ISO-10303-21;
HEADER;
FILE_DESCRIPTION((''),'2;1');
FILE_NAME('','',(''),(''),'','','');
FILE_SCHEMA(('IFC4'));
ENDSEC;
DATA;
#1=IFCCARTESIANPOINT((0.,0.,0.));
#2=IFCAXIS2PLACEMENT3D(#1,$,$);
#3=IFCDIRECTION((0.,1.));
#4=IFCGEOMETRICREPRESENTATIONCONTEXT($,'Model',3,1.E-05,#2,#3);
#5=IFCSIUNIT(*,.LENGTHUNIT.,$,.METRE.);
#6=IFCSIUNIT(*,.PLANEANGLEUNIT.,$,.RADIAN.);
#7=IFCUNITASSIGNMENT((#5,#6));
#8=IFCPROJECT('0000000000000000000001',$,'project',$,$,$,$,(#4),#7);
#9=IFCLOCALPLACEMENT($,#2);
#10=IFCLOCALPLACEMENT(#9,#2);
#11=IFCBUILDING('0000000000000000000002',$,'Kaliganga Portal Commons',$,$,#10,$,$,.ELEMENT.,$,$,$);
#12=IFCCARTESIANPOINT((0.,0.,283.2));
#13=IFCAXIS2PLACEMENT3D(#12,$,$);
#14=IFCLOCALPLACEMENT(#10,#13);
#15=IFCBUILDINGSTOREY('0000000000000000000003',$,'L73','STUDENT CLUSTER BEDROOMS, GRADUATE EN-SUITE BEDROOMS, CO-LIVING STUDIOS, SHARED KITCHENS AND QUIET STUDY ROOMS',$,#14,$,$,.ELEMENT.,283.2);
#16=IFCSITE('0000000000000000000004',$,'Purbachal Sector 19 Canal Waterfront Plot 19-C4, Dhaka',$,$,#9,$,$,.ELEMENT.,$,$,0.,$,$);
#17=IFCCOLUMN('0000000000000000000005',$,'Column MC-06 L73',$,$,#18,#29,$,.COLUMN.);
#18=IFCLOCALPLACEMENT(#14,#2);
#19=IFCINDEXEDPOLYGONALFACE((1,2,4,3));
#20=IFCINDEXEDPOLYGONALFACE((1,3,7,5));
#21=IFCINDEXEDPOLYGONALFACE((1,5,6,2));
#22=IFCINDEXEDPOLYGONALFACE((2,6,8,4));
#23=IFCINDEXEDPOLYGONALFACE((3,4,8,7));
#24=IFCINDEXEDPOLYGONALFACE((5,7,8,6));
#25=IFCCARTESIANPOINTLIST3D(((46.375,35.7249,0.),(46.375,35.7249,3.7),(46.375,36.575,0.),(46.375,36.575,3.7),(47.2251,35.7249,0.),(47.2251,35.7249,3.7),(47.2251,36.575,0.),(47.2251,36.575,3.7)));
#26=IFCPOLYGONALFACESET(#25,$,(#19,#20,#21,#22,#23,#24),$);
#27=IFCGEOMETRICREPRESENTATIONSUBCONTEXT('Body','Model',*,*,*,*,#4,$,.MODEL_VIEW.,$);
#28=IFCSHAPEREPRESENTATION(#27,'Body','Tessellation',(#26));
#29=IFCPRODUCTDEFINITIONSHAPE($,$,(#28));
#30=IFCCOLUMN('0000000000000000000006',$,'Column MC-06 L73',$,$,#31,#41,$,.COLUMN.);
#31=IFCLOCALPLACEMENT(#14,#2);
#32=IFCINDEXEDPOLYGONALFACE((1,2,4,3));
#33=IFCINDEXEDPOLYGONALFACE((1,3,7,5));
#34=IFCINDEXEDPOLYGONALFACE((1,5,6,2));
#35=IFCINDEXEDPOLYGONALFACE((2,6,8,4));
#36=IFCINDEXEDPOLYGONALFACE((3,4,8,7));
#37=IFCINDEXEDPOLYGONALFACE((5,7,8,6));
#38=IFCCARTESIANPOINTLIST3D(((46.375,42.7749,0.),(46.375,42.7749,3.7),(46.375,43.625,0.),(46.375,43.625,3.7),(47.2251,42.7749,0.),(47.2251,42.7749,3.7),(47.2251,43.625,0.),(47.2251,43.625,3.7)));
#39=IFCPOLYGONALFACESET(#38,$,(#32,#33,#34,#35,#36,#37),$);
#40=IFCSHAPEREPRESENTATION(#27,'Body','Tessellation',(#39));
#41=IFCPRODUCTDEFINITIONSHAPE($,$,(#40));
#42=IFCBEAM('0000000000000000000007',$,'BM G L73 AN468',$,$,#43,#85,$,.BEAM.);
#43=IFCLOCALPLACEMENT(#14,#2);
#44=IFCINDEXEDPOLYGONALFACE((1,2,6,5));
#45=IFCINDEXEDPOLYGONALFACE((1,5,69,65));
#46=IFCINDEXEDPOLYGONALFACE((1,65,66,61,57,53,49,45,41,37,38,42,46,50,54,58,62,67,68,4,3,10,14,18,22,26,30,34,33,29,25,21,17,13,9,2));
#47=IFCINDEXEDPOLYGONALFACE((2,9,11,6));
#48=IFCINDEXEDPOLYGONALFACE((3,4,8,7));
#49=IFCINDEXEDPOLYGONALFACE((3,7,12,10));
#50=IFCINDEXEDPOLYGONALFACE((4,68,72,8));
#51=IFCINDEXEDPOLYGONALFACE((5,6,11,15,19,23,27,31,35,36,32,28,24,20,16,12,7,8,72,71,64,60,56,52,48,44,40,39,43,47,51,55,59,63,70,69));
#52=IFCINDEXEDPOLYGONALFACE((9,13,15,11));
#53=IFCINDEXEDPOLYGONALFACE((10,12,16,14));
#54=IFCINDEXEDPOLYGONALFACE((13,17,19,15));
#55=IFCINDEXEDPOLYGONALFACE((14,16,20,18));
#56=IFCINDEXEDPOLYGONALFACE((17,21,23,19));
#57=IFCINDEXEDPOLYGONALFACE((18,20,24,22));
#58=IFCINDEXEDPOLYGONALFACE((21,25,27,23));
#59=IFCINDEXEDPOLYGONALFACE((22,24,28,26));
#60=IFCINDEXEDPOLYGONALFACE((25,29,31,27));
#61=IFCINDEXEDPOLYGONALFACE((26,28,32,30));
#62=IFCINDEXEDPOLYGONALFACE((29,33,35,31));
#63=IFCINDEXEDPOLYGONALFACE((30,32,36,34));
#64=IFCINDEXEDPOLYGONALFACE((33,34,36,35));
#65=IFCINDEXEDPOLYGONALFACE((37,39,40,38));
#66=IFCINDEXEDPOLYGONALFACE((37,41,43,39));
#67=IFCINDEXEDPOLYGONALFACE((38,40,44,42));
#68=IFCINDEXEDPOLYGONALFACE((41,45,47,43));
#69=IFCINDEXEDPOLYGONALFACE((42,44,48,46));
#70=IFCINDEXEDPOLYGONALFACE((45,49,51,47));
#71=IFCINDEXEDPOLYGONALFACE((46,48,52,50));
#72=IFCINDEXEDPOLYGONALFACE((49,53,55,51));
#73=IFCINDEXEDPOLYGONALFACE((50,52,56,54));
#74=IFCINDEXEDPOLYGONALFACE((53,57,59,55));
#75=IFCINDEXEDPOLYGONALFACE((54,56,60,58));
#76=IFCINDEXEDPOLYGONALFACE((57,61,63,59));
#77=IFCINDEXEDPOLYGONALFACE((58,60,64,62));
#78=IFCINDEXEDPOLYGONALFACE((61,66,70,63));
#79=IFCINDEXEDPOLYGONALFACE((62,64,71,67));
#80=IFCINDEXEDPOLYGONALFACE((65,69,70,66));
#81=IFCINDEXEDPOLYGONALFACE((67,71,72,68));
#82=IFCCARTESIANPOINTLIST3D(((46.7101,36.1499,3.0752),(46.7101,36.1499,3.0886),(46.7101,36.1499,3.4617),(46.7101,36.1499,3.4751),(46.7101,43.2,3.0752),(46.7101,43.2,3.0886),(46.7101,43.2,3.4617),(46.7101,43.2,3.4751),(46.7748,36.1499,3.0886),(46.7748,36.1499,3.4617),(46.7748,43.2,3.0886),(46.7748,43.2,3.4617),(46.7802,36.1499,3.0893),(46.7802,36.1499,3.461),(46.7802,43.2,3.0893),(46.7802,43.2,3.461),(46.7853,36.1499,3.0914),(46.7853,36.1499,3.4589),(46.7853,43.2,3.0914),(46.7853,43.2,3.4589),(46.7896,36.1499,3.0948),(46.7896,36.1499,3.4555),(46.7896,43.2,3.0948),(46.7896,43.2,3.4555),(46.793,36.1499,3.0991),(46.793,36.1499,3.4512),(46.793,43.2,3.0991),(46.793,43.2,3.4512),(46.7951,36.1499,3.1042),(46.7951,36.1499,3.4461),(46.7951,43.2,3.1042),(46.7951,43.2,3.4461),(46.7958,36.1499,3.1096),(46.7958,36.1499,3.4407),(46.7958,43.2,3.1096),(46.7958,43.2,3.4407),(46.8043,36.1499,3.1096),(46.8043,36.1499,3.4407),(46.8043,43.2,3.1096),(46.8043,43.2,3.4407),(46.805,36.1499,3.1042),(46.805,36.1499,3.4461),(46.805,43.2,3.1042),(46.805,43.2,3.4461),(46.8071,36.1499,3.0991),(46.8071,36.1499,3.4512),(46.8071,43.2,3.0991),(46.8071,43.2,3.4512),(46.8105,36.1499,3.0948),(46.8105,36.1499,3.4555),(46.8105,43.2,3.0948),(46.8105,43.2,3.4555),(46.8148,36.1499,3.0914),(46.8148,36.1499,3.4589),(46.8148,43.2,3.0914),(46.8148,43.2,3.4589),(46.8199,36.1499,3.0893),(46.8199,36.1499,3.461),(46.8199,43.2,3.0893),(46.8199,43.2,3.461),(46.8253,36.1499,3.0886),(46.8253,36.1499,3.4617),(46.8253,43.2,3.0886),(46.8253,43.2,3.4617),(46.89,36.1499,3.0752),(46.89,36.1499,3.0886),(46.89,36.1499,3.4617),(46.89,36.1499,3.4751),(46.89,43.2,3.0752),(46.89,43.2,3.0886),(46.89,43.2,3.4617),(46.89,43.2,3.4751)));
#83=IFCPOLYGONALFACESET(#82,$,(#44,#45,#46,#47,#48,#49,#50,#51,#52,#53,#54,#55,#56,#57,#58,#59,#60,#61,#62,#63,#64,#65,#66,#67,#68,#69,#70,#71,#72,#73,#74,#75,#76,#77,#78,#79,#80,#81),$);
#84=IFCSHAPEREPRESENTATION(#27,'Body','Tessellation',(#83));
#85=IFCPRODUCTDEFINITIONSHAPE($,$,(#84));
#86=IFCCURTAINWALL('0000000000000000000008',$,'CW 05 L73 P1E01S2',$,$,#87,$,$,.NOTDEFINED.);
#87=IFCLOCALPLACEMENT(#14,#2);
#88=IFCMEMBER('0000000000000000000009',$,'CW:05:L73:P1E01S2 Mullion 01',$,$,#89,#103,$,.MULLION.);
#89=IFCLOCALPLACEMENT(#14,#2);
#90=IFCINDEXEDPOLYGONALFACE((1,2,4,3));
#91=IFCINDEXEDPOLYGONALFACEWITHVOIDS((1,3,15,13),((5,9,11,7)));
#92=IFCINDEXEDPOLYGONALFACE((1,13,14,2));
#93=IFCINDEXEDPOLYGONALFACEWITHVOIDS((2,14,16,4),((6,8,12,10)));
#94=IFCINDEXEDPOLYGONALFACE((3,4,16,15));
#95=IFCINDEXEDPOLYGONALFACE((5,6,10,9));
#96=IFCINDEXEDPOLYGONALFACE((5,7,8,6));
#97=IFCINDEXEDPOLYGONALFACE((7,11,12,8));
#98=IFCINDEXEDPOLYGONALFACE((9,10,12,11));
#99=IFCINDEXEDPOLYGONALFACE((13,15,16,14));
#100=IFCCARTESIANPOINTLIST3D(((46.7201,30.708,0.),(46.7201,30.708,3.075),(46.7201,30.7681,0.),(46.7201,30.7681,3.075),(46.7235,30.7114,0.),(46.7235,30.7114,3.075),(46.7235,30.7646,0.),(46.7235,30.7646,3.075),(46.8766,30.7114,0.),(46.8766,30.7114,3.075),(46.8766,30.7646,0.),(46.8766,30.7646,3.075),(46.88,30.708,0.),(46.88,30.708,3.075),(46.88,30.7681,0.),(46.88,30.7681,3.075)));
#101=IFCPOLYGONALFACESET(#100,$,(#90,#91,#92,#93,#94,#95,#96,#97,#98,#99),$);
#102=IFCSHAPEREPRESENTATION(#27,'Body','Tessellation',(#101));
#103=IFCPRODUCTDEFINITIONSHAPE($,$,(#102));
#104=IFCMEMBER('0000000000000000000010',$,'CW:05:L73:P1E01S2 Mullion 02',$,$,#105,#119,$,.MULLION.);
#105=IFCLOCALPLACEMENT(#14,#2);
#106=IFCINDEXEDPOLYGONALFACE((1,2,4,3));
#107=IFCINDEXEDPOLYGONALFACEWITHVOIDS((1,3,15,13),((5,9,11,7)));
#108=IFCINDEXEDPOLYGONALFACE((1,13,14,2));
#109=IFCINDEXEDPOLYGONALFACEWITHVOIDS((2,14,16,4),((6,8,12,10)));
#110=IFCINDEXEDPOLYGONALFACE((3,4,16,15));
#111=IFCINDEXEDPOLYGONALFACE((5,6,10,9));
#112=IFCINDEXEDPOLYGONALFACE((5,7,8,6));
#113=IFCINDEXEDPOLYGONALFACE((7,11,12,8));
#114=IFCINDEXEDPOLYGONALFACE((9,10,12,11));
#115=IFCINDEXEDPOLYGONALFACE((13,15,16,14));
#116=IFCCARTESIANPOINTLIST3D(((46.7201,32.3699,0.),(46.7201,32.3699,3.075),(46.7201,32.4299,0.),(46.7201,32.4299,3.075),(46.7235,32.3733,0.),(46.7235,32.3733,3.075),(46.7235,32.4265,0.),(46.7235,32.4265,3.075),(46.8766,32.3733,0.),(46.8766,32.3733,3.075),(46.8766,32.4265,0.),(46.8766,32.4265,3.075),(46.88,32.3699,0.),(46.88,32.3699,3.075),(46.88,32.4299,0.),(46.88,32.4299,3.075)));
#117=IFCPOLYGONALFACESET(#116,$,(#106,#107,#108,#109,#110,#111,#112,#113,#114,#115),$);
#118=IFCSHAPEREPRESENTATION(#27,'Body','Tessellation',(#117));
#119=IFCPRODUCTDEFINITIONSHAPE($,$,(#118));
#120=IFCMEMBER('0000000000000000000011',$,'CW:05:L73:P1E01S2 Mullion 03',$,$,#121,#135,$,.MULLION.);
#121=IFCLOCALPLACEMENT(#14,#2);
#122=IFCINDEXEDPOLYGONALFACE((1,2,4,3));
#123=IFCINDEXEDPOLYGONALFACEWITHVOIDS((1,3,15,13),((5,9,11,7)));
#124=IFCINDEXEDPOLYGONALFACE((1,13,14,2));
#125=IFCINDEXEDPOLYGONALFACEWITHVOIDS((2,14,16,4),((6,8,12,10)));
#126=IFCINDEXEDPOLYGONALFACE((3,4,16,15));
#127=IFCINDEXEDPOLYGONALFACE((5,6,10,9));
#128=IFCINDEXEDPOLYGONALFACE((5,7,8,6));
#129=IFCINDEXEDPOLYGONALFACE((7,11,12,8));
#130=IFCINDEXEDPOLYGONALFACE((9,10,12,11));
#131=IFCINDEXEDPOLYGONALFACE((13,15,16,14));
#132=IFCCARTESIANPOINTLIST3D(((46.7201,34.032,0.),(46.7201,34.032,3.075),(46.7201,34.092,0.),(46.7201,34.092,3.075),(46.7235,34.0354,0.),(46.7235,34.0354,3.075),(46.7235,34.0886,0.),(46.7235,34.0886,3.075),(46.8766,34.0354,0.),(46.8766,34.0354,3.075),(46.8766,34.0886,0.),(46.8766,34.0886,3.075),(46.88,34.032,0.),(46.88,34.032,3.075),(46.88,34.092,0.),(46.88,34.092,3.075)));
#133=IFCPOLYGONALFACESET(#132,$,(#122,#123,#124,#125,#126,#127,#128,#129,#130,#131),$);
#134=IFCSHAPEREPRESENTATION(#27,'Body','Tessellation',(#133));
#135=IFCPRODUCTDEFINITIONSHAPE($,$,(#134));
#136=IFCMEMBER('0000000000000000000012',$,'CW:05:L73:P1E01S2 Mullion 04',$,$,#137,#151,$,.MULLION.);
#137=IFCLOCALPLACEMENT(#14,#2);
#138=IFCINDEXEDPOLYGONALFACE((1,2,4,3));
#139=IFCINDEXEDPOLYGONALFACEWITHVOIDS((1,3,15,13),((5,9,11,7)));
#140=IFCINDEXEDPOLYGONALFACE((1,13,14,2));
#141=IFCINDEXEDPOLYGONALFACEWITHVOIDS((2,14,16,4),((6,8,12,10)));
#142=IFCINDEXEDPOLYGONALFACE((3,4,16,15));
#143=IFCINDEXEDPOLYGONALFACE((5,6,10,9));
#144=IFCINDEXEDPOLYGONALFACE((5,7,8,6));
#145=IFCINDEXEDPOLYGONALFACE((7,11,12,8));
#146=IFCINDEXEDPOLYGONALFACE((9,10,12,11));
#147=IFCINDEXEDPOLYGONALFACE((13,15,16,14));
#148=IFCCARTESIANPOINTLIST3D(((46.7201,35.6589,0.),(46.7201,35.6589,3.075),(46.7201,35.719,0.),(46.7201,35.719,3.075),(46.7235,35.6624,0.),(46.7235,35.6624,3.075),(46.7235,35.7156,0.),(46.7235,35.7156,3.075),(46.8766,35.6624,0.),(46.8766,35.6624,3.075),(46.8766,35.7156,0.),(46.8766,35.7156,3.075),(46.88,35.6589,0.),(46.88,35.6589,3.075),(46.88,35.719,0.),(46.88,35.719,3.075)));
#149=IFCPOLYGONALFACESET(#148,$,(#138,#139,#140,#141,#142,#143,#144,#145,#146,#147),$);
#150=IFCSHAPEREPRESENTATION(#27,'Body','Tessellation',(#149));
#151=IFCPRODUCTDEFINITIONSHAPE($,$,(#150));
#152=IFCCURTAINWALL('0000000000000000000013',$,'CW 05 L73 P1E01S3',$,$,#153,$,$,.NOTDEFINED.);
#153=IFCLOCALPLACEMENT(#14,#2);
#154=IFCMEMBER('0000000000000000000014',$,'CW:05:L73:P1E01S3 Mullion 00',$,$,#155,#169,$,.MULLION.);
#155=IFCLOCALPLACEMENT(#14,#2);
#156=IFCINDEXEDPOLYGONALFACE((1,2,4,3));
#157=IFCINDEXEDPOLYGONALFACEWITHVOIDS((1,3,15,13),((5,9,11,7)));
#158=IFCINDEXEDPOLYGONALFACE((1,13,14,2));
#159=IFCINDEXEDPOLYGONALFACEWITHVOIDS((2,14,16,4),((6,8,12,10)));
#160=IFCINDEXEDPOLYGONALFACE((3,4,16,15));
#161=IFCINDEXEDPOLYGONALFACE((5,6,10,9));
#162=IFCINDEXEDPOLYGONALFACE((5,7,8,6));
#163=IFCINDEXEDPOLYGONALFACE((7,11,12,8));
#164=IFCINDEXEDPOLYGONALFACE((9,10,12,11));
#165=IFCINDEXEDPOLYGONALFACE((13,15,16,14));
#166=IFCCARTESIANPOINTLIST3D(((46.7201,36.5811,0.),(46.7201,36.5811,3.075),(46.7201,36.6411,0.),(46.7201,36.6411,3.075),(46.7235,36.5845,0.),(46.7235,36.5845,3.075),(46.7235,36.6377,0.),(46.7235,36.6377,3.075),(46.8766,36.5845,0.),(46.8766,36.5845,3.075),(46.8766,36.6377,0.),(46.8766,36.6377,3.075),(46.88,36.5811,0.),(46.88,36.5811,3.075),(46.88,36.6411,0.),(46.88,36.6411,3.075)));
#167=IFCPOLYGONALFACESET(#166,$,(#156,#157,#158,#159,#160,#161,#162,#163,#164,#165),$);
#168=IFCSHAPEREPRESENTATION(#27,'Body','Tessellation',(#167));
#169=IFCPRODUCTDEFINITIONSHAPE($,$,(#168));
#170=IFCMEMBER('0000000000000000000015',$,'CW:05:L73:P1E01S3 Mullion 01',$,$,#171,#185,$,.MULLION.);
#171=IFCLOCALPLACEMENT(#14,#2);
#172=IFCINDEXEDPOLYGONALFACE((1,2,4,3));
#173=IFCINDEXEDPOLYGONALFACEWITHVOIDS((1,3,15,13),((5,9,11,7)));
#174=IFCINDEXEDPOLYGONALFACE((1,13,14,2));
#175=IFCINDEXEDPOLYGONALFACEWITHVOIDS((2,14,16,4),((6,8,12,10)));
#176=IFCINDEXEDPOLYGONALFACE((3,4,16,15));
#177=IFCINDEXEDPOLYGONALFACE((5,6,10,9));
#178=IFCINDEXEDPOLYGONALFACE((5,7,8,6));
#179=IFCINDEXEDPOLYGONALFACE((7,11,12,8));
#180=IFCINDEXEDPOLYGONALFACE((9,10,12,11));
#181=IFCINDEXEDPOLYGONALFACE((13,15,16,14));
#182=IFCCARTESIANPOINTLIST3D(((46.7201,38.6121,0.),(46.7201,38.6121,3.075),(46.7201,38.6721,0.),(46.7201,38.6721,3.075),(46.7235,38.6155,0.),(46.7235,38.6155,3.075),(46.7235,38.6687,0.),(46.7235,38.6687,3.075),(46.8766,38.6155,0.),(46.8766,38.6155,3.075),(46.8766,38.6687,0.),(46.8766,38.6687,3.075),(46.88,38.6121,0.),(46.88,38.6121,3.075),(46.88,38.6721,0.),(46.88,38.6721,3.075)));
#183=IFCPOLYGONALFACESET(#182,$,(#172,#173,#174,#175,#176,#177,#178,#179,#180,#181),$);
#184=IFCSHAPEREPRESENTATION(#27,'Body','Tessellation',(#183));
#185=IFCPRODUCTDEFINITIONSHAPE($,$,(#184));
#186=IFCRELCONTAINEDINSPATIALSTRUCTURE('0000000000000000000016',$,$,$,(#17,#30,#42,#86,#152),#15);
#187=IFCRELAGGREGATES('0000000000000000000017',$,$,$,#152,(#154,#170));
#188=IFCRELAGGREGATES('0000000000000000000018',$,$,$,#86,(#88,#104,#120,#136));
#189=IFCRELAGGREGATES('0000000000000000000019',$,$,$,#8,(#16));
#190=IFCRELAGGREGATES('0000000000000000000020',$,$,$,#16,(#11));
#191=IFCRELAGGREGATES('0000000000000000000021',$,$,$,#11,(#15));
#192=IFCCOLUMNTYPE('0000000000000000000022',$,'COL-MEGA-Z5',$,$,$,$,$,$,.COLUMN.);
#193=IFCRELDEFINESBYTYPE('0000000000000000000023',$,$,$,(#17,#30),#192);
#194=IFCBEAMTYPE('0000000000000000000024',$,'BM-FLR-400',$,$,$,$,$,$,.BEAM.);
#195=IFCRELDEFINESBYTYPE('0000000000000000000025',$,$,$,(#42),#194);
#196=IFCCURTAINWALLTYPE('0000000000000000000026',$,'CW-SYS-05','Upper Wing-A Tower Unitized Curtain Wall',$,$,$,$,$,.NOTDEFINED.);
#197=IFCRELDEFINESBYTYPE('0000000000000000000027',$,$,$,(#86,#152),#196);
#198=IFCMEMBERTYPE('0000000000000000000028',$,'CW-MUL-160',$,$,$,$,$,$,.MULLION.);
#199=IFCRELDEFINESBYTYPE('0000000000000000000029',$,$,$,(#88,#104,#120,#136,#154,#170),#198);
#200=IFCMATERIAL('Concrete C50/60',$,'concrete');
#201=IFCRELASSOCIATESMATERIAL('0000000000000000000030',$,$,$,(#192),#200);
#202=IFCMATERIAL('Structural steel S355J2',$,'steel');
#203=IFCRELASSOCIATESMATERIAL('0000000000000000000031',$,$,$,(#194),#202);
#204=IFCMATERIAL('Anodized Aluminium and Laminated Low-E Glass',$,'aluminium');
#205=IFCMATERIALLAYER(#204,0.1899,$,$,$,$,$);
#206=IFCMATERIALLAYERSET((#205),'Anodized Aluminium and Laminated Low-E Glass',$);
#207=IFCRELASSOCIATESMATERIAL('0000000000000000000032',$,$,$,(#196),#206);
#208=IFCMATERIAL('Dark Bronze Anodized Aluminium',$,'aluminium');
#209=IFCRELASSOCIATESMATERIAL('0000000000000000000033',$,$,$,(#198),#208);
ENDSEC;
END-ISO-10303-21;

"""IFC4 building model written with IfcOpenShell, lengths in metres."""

from ifc_helpers import new_model, si_unit, direction, frame, origin, origin_2d, place, context, subcontext, project, spatial, rectangle, hollow_rectangle, i_section, extrude, source, transform, mapped, material, layer, layer_set, material_profile, profile_set, type_object, element, aggregate, save


model = new_model("IFC4")

# Units and contexts
model_context = context("Model", 3, precision=1e-05, world=origin(), true_north=direction((0.0, 1.0)))
body_context = subcontext(model_context, "Body", "Model", "MODEL_VIEW")
ifc_project = project(units=[si_unit("LENGTHUNIT", "METRE"), si_unit("PLANEANGLEUNIT", "RADIAN")], contexts=[model_context])

# Site, building, storey
site_placement = place(None, origin())
site = spatial("IfcSite", under=ifc_project, at=site_placement, Name="Purbachal Sector 19 Canal Waterfront Plot 19-C4, Dhaka", CompositionType="ELEMENT", RefElevation=0.0)
building_placement = place(site_placement, origin())
building = spatial("IfcBuilding", under=site, at=building_placement, Name="Kaliganga Portal Commons", CompositionType="ELEMENT")
storey_placement = place(building_placement, frame((0.0, 0.0, 283.2)))
storey = spatial("IfcBuildingStorey", under=building, at=storey_placement, Name="L73", Description="STUDENT CLUSTER BEDROOMS, GRADUATE EN-SUITE BEDROOMS, CO-LIVING STUDIOS, SHARED KITCHENS AND QUIET STUDY ROOMS", CompositionType="ELEMENT", Elevation=283.2)

# Columns
ifc_material_1 = material(Name="Concrete C50/60", Category="concrete")
ifc_material_profile_1 = material_profile(ifc_material_1, rectangle(XDim=0.8501, YDim=0.8501, at=origin_2d()), Name="RC 850x850")
ifc_profile_set_1 = profile_set([ifc_material_profile_1], Name="Concrete C50/60")
column_type = type_object("IfcColumnType", Name="COL-MEGA-Z5", PredefinedType="COLUMN", material=ifc_profile_set_1)
shared_shape_1 = source(origin(), body_context, "Body", "SweptSolid", [
    extrude(rectangle(XDim=0.8501, YDim=0.8501, at=origin_2d()), origin(), (0.0, 0.0, 1.0), 3.7),
])
for number, where, z_axis, x_axis, name in (
    (1, (46.8, 36.1499, 0.0), (0.0, 0.0, 1.0), (1.0, 0.0, 0.0), "Column MC-06 L73"),
    (2, (46.8, 43.2, 0.0), (0.0, 0.0, 1.0), (1.0, 0.0, 0.0), "Column MC-06 L73"),
):
    element("IfcColumn", number, at=place(storey_placement, frame(where, z_axis=z_axis, x_axis=x_axis)), inside=storey, type_object=column_type, Name=name, PredefinedType="COLUMN", context=body_context, shape_type="MappedRepresentation", body=[
        mapped(shared_shape_1, transform((0.0, 0.0, 0.0), x_axis=(1.0, 0.0, 0.0), y_axis=(0.0, 1.0, 0.0), z_axis=(0.0, 0.0, 1.0), scale=1.0)),
    ])

# Beam
ifc_material_2 = material(Name="Structural steel S355J2", Category="steel")
ifc_material_profile_2 = material_profile(ifc_material_2, i_section(OverallWidth=0.1799, OverallDepth=0.3999, WebThickness=0.0085, FlangeThickness=0.0134, FilletRadius=0.021, at=origin_2d()), Name="IPE 400")
ifc_profile_set_2 = profile_set([ifc_material_profile_2], Name="Structural steel S355J2 wide-flange")
beam_type = type_object("IfcBeamType", Name="BM-FLR-400", PredefinedType="BEAM", material=ifc_profile_set_2)
shared_shape_2 = source(origin(), body_context, "Body", "SweptSolid", [
    extrude(i_section(OverallWidth=0.1799, OverallDepth=0.3999, WebThickness=0.0085, FlangeThickness=0.0134, FilletRadius=0.021, at=origin_2d()), origin(), (0.0, 0.0, 1.0), 7.05),
])
beam_placement = place(storey_placement, frame((46.8, 36.1499, 3.2751), z_axis=(0.0, 1.0, 0.0), x_axis=(-1.0, 0.0, 0.0)))
element("IfcBeam", 3, at=beam_placement, inside=storey, type_object=beam_type, Name="BM G L73 AN468", PredefinedType="BEAM", context=body_context, shape_type="MappedRepresentation", body=[
    mapped(shared_shape_2, transform((0.0, 0.0, 0.0), x_axis=(1.0, 0.0, 0.0), y_axis=(0.0, 1.0, 0.0), z_axis=(0.0, 0.0, 1.0), scale=1.0)),
])

# Curtain wall, members
ifc_material_3 = material(Name="Anodized Aluminium and Laminated Low-E Glass", Category="aluminium")
ifc_layer_1 = layer(ifc_material_3, 0.1899)
ifc_layer_set_1 = layer_set([ifc_layer_1], Name="Anodized Aluminium and Laminated Low-E Glass")
curtain_wall_type = type_object("IfcCurtainWallType", Name="CW-SYS-05", Description="Upper Wing-A Tower Unitized Curtain Wall", PredefinedType="NOTDEFINED", material=ifc_layer_set_1)
curtain_wall_1_placement = place(storey_placement, origin())
curtain_wall_1 = element("IfcCurtainWall", 4, at=curtain_wall_1_placement, inside=storey, type_object=curtain_wall_type, Name="CW 05 L73 P1E01S2", PredefinedType="NOTDEFINED")
ifc_material_4 = material(Name="Dark Bronze Anodized Aluminium", Category="aluminium")
ifc_material_profile_3 = material_profile(ifc_material_4, hollow_rectangle(XDim=0.0601, YDim=0.1599, WallThickness=0.0034, at=origin_2d()), Name="ALU MULL 60x160x3.5")
ifc_profile_set_3 = profile_set([ifc_material_profile_3], Name="Dark Bronze Anodized Aluminium")
member_type_1 = type_object("IfcMemberType", Name="CW-MUL-160", PredefinedType="MULLION", material=ifc_profile_set_3)
shared_shape_3 = source(origin(), body_context, "Body", "SweptSolid", [
    extrude(hollow_rectangle(XDim=0.0601, YDim=0.1599, WallThickness=0.0034, at=origin_2d()), origin(), (0.0, 0.0, 1.0), 3.075),
])
member_1_placement = place(storey_placement, frame((46.8, 30.738, 0.0), z_axis=(0.0, 0.0, 1.0), x_axis=(0.0, 1.0, 0.0)))
member_1 = element("IfcMember", 5, at=member_1_placement, type_object=member_type_1, Name="CW:05:L73:P1E01S2 Mullion 01", PredefinedType="MULLION", context=body_context, shape_type="MappedRepresentation", body=[
    mapped(shared_shape_3, transform((0.0, 0.0, 0.0), x_axis=(1.0, 0.0, 0.0), y_axis=(0.0, 1.0, 0.0), z_axis=(0.0, 0.0, 1.0), scale=1.0)),
])
member_2_placement = place(storey_placement, frame((46.8, 32.3999, 0.0), z_axis=(0.0, 0.0, 1.0), x_axis=(0.0, 1.0, 0.0)))
member_2 = element("IfcMember", 6, at=member_2_placement, type_object=member_type_1, Name="CW:05:L73:P1E01S2 Mullion 02", PredefinedType="MULLION", context=body_context, shape_type="MappedRepresentation", body=[
    mapped(shared_shape_3, transform((0.0, 0.0, 0.0), x_axis=(1.0, 0.0, 0.0), y_axis=(0.0, 1.0, 0.0), z_axis=(0.0, 0.0, 1.0), scale=1.0)),
])
member_3_placement = place(storey_placement, frame((46.8, 34.062, 0.0), z_axis=(0.0, 0.0, 1.0), x_axis=(0.0, 1.0, 0.0)))
member_3 = element("IfcMember", 7, at=member_3_placement, type_object=member_type_1, Name="CW:05:L73:P1E01S2 Mullion 03", PredefinedType="MULLION", context=body_context, shape_type="MappedRepresentation", body=[
    mapped(shared_shape_3, transform((0.0, 0.0, 0.0), x_axis=(1.0, 0.0, 0.0), y_axis=(0.0, 1.0, 0.0), z_axis=(0.0, 0.0, 1.0), scale=1.0)),
])
member_4_placement = place(storey_placement, frame((46.8, 35.689, 0.0), z_axis=(0.0, 0.0, 1.0), x_axis=(0.0, 1.0, 0.0)))
member_4 = element("IfcMember", 8, at=member_4_placement, type_object=member_type_1, Name="CW:05:L73:P1E01S2 Mullion 04", PredefinedType="MULLION", context=body_context, shape_type="MappedRepresentation", body=[
    mapped(shared_shape_3, transform((0.0, 0.0, 0.0), x_axis=(1.0, 0.0, 0.0), y_axis=(0.0, 1.0, 0.0), z_axis=(0.0, 0.0, 1.0), scale=1.0)),
])

# Curtain wall, members
curtain_wall_2_placement = place(storey_placement, origin())
curtain_wall_2 = element("IfcCurtainWall", 9, at=curtain_wall_2_placement, inside=storey, type_object=curtain_wall_type, Name="CW 05 L73 P1E01S3", PredefinedType="NOTDEFINED")
member_5_placement = place(storey_placement, frame((46.8, 36.6111, 0.0), z_axis=(0.0, 0.0, 1.0), x_axis=(0.0, 1.0, 0.0)))
member_5 = element("IfcMember", 10, at=member_5_placement, type_object=member_type_1, Name="CW:05:L73:P1E01S3 Mullion 00", PredefinedType="MULLION", context=body_context, shape_type="MappedRepresentation", body=[
    mapped(shared_shape_3, transform((0.0, 0.0, 0.0), x_axis=(1.0, 0.0, 0.0), y_axis=(0.0, 1.0, 0.0), z_axis=(0.0, 0.0, 1.0), scale=1.0)),
])
member_6_placement = place(storey_placement, frame((46.8, 38.6421, 0.0), z_axis=(0.0, 0.0, 1.0), x_axis=(0.0, 1.0, 0.0)))
member_6 = element("IfcMember", 11, at=member_6_placement, type_object=member_type_1, Name="CW:05:L73:P1E01S3 Mullion 01", PredefinedType="MULLION", context=body_context, shape_type="MappedRepresentation", body=[
    mapped(shared_shape_3, transform((0.0, 0.0, 0.0), x_axis=(1.0, 0.0, 0.0), y_axis=(0.0, 1.0, 0.0), z_axis=(0.0, 0.0, 1.0), scale=1.0)),
])
aggregate(curtain_wall_2, [member_5, member_6])

aggregate(curtain_wall_1, [member_1, member_2, member_3, member_4])

save(model, "model.ifc")
